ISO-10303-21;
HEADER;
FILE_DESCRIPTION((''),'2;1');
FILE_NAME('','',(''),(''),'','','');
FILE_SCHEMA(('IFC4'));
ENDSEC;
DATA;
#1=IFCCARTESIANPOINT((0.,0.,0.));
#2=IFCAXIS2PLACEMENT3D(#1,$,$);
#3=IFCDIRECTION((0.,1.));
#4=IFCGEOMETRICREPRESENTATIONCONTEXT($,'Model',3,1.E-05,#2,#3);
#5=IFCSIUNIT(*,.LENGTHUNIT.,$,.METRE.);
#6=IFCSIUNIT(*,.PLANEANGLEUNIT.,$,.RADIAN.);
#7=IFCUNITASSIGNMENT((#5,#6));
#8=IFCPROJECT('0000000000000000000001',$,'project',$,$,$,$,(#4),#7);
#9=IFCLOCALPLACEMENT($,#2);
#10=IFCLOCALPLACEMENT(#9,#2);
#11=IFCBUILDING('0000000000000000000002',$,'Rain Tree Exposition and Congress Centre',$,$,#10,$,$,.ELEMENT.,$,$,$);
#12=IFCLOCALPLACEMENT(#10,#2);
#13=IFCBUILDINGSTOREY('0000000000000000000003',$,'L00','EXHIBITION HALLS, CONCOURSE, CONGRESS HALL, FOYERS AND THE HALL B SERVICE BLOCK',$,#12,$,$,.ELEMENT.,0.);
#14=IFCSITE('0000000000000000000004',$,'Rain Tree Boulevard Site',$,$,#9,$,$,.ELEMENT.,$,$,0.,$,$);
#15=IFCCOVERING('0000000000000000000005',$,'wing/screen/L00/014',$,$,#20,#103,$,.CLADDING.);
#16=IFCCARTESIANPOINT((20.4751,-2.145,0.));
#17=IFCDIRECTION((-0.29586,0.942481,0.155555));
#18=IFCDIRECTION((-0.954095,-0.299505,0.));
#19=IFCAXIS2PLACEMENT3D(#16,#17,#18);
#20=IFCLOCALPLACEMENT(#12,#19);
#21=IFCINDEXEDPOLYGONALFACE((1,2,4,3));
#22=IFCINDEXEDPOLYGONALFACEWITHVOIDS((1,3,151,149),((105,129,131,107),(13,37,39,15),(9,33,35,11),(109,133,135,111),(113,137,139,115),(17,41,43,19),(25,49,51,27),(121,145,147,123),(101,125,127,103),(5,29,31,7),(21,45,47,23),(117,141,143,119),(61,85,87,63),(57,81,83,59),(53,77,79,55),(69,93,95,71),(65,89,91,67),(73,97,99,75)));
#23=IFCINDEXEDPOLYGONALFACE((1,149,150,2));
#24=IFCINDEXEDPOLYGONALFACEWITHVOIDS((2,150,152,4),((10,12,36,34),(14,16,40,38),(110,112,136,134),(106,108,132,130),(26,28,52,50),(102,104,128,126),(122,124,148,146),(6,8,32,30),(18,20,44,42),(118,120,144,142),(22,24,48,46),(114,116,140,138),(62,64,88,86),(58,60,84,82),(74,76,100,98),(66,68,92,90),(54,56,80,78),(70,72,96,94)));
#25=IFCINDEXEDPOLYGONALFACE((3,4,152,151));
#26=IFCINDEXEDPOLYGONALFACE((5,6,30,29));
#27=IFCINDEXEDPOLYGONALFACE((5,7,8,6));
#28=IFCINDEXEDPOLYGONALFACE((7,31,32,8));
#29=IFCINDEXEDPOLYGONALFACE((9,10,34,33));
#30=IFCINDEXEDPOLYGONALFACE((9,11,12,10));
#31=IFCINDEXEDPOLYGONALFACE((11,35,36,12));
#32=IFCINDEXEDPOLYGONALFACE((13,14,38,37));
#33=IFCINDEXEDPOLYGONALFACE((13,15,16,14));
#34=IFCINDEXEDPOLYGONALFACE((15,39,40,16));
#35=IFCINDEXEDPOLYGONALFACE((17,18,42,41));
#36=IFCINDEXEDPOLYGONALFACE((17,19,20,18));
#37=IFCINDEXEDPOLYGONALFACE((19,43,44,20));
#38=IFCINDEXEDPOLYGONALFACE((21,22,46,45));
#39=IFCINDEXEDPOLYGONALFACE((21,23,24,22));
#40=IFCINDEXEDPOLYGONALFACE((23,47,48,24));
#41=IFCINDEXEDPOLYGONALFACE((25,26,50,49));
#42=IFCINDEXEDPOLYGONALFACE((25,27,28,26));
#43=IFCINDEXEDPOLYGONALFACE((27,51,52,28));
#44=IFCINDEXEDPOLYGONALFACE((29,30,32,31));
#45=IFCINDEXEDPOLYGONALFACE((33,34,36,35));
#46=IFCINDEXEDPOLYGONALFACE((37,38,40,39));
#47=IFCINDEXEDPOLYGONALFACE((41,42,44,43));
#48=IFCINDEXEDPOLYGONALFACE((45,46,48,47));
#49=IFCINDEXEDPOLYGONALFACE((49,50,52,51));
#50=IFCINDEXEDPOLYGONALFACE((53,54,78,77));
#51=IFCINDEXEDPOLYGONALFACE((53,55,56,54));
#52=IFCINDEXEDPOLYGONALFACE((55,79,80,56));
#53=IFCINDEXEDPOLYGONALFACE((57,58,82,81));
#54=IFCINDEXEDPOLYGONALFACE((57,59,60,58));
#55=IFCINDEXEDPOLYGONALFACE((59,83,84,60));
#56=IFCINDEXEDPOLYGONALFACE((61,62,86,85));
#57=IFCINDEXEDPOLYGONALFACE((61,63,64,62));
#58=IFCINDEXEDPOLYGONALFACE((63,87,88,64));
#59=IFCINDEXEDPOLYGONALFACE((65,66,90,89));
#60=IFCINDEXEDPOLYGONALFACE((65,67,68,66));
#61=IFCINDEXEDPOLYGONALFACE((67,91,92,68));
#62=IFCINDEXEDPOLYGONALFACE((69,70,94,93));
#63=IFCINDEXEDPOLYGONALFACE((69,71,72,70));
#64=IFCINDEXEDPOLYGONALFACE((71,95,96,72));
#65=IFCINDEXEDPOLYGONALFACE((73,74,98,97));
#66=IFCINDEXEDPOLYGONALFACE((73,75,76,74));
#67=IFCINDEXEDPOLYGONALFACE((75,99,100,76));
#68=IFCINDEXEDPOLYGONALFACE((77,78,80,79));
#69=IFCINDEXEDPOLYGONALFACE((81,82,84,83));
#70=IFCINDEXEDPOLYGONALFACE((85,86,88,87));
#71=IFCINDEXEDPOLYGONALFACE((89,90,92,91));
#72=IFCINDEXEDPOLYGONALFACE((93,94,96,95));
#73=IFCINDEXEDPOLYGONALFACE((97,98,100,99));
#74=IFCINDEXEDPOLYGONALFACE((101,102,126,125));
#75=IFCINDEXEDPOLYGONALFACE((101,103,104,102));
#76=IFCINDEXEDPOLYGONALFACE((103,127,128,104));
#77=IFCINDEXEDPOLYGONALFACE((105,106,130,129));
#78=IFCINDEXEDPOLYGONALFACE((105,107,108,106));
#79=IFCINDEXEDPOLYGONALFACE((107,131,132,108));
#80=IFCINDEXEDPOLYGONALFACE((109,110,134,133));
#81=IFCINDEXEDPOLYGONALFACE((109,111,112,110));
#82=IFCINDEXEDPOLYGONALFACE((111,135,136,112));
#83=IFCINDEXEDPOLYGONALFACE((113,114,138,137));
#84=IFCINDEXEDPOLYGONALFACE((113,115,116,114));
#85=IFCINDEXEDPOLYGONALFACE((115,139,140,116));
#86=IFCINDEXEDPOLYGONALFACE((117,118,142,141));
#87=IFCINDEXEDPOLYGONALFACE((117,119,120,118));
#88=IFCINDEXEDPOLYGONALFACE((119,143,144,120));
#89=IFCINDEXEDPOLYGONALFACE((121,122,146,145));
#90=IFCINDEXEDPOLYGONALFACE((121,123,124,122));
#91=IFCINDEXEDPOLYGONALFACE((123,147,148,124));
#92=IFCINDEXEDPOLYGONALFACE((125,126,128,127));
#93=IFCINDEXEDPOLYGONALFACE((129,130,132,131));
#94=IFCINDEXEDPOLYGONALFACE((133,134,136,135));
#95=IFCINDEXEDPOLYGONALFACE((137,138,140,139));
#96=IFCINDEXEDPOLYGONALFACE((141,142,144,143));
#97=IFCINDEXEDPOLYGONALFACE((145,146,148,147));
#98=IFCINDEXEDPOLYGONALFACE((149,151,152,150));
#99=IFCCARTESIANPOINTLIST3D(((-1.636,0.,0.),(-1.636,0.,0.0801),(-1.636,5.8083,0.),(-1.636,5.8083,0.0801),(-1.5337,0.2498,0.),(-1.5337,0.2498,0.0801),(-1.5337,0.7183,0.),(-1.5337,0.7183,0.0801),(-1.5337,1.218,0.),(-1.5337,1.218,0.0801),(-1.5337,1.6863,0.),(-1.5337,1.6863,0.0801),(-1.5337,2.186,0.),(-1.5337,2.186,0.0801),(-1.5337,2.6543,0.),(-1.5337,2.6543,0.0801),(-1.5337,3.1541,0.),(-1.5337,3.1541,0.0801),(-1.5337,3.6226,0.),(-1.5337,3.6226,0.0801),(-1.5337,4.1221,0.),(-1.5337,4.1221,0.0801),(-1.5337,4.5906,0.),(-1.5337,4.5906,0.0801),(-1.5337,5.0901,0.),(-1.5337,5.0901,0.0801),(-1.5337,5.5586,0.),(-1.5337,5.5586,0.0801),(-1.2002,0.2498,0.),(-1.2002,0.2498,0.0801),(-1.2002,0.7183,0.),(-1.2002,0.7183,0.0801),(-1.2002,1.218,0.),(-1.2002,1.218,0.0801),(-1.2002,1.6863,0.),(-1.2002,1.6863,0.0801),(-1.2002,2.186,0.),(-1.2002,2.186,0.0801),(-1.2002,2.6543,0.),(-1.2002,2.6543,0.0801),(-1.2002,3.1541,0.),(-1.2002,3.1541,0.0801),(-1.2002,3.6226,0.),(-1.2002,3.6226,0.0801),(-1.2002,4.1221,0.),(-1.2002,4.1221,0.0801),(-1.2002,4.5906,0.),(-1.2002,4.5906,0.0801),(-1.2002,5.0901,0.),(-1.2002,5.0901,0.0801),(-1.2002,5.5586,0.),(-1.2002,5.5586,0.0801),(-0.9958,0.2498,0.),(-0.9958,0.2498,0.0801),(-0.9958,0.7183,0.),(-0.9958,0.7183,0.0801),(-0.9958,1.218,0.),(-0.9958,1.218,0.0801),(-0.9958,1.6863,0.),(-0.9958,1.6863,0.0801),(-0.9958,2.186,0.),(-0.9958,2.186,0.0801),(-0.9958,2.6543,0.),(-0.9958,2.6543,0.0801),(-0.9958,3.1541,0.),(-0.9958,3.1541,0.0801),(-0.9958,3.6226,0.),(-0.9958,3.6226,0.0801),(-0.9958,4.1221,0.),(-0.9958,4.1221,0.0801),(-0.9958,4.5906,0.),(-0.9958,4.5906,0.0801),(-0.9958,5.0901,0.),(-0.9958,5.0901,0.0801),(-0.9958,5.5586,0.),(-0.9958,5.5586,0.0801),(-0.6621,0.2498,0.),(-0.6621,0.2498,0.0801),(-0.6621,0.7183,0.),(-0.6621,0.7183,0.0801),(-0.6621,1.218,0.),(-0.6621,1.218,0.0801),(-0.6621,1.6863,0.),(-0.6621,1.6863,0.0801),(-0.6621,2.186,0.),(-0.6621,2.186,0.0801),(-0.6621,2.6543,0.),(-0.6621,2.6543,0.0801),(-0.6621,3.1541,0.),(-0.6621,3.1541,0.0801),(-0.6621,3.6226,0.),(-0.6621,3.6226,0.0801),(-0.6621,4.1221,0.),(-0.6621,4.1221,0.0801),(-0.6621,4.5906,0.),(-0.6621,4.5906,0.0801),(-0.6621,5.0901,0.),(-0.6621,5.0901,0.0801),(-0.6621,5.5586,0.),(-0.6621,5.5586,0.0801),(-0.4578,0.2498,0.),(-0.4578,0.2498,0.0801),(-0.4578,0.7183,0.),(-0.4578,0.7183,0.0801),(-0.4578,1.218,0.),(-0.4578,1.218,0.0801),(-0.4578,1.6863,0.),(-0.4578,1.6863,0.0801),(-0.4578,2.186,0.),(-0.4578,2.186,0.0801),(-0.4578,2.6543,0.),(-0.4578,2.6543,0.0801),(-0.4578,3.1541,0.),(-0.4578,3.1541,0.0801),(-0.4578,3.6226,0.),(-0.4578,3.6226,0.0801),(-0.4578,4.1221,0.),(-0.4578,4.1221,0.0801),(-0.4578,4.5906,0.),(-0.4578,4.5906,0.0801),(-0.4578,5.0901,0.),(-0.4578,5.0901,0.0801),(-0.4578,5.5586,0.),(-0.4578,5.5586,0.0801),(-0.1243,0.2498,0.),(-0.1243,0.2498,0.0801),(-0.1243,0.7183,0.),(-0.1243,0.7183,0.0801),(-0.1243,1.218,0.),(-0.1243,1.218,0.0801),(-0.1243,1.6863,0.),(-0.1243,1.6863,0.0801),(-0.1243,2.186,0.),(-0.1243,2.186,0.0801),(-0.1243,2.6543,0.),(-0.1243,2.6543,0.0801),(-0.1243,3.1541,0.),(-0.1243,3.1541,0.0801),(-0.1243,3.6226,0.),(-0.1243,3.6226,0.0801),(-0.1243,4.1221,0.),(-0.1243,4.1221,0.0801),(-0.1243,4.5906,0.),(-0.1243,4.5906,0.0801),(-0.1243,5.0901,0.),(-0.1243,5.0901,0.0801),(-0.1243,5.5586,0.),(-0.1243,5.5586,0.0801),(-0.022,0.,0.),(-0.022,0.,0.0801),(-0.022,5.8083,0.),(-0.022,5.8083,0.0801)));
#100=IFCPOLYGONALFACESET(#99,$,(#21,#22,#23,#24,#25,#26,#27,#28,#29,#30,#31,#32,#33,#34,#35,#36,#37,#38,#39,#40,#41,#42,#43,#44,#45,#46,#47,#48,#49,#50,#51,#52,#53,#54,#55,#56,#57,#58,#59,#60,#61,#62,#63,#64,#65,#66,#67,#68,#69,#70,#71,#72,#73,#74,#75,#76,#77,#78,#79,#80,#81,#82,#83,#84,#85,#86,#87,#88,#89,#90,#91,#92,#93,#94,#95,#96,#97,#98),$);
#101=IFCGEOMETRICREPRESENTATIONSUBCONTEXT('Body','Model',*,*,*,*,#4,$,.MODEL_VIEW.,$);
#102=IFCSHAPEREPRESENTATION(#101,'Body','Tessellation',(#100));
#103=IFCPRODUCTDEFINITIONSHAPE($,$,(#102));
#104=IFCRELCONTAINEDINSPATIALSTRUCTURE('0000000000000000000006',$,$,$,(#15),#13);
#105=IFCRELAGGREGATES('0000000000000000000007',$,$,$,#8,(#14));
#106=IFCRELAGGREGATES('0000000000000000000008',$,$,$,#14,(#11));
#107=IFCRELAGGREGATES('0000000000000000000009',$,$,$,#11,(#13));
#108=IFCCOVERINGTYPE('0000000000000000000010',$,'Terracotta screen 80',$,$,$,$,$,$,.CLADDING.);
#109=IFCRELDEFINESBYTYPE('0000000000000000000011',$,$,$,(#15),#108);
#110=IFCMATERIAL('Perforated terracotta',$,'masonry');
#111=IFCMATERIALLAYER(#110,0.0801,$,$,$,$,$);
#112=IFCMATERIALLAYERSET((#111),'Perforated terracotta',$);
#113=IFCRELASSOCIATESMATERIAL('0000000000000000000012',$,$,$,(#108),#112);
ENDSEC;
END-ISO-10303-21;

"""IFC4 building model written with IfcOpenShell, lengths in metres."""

from ifc_helpers import new_model, si_unit, direction, frame, origin, place, context, subcontext, project, spatial, polyline, outline, extrude, material, layer, layer_set, type_object, element, save


model = new_model("IFC4")

# Units and contexts
model_context = context("Model", 3, precision=1e-05, world=origin(), true_north=direction((0.0, 1.0)))
body_context = subcontext(model_context, "Body", "Model", "MODEL_VIEW")
ifc_project = project(units=[si_unit("LENGTHUNIT", "METRE"), si_unit("PLANEANGLEUNIT", "RADIAN")], contexts=[model_context])

# Site, building, storey
site_placement = place(None, origin())
site = spatial("IfcSite", under=ifc_project, at=site_placement, Name="Rain Tree Boulevard Site", CompositionType="ELEMENT", RefElevation=0.0)
building_placement = place(site_placement, origin())
building = spatial("IfcBuilding", under=site, at=building_placement, Name="Rain Tree Exposition and Congress Centre", CompositionType="ELEMENT")
storey_placement = place(building_placement, origin())
storey = spatial("IfcBuildingStorey", under=building, at=storey_placement, Name="L00", Description="EXHIBITION HALLS, CONCOURSE, CONGRESS HALL, FOYERS AND THE HALL B SERVICE BLOCK", CompositionType="ELEMENT", Elevation=0.0)

# Covering
ifc_material_1 = material(Name="Perforated terracotta", Category="masonry")
ifc_layer_1 = layer(ifc_material_1, 0.0801)
ifc_layer_set_1 = layer_set([ifc_layer_1], Name="Perforated terracotta")
covering_type = type_object("IfcCoveringType", Name="Terracotta screen 80", PredefinedType="CLADDING", material=ifc_layer_set_1)
covering_1_placement = place(storey_placement, frame((20.4751, -2.145, 0.0), z_axis=(-0.29586, 0.942481, 0.155555), x_axis=(-0.954095, -0.299505, 0.0)))
element("IfcCovering", 1, at=covering_1_placement, inside=storey, type_object=covering_type, Name="wing/screen/L00/014", PredefinedType="CLADDING", context=body_context, shape_type="SweptSolid", body=[
    extrude(outline(polyline([(-1.636, 0.0), (-1.636, 5.8083), (-0.022, 5.8083), (-0.022, 0.0), (-1.636, 0.0)]), holes=[polyline([(-0.1243, 0.2498), (-0.1243, 0.7183), (-0.4578, 0.7183), (-0.4578, 0.2498), (-0.1243, 0.2498)]), polyline([(-0.1243, 1.218), (-0.1243, 1.6863), (-0.4578, 1.6863), (-0.4578, 1.218), (-0.1243, 1.218)]), polyline([(-0.1243, 2.186), (-0.1243, 2.6543), (-0.4578, 2.6543), (-0.4578, 2.186), (-0.1243, 2.186)]), polyline([(-0.1243, 3.1541), (-0.1243, 3.6226), (-0.4578, 3.6226), (-0.4578, 3.1541), (-0.1243, 3.1541)]), polyline([(-0.1243, 4.1221), (-0.1243, 4.5906), (-0.4578, 4.5906), (-0.4578, 4.1221), (-0.1243, 4.1221)]), polyline([(-0.1243, 5.0901), (-0.1243, 5.5586), (-0.4578, 5.5586), (-0.4578, 5.0901), (-0.1243, 5.0901)]), polyline([(-0.6621, 0.2498), (-0.6621, 0.7183), (-0.9958, 0.7183), (-0.9958, 0.2498), (-0.6621, 0.2498)]), polyline([(-0.6621, 1.218), (-0.6621, 1.6863), (-0.9958, 1.6863), (-0.9958, 1.218), (-0.6621, 1.218)]), polyline([(-0.6621, 2.186), (-0.6621, 2.6543), (-0.9958, 2.6543), (-0.9958, 2.186), (-0.6621, 2.186)]), polyline([(-0.6621, 3.1541), (-0.6621, 3.6226), (-0.9958, 3.6226), (-0.9958, 3.1541), (-0.6621, 3.1541)]), polyline([(-0.6621, 4.1221), (-0.6621, 4.5906), (-0.9958, 4.5906), (-0.9958, 4.1221), (-0.6621, 4.1221)]), polyline([(-0.6621, 5.0901), (-0.6621, 5.5586), (-0.9958, 5.5586), (-0.9958, 5.0901), (-0.6621, 5.0901)]), polyline([(-1.2002, 0.2498), (-1.2002, 0.7183), (-1.5337, 0.7183), (-1.5337, 0.2498), (-1.2002, 0.2498)]), polyline([(-1.2002, 1.218), (-1.2002, 1.6863), (-1.5337, 1.6863), (-1.5337, 1.218), (-1.2002, 1.218)]), polyline([(-1.2002, 2.186), (-1.2002, 2.6543), (-1.5337, 2.6543), (-1.5337, 2.186), (-1.2002, 2.186)]), polyline([(-1.2002, 3.1541), (-1.2002, 3.6226), (-1.5337, 3.6226), (-1.5337, 3.1541), (-1.2002, 3.1541)]), polyline([(-1.2002, 4.1221), (-1.2002, 4.5906), (-1.5337, 4.5906), (-1.5337, 4.1221), (-1.2002, 4.1221)]), polyline([(-1.2002, 5.0901), (-1.2002, 5.5586), (-1.5337, 5.5586), (-1.5337, 5.0901), (-1.2002, 5.0901)])]), origin(), (0.0, 0.0, 1.0), 0.0801),
])

save(model, "model.ifc")
